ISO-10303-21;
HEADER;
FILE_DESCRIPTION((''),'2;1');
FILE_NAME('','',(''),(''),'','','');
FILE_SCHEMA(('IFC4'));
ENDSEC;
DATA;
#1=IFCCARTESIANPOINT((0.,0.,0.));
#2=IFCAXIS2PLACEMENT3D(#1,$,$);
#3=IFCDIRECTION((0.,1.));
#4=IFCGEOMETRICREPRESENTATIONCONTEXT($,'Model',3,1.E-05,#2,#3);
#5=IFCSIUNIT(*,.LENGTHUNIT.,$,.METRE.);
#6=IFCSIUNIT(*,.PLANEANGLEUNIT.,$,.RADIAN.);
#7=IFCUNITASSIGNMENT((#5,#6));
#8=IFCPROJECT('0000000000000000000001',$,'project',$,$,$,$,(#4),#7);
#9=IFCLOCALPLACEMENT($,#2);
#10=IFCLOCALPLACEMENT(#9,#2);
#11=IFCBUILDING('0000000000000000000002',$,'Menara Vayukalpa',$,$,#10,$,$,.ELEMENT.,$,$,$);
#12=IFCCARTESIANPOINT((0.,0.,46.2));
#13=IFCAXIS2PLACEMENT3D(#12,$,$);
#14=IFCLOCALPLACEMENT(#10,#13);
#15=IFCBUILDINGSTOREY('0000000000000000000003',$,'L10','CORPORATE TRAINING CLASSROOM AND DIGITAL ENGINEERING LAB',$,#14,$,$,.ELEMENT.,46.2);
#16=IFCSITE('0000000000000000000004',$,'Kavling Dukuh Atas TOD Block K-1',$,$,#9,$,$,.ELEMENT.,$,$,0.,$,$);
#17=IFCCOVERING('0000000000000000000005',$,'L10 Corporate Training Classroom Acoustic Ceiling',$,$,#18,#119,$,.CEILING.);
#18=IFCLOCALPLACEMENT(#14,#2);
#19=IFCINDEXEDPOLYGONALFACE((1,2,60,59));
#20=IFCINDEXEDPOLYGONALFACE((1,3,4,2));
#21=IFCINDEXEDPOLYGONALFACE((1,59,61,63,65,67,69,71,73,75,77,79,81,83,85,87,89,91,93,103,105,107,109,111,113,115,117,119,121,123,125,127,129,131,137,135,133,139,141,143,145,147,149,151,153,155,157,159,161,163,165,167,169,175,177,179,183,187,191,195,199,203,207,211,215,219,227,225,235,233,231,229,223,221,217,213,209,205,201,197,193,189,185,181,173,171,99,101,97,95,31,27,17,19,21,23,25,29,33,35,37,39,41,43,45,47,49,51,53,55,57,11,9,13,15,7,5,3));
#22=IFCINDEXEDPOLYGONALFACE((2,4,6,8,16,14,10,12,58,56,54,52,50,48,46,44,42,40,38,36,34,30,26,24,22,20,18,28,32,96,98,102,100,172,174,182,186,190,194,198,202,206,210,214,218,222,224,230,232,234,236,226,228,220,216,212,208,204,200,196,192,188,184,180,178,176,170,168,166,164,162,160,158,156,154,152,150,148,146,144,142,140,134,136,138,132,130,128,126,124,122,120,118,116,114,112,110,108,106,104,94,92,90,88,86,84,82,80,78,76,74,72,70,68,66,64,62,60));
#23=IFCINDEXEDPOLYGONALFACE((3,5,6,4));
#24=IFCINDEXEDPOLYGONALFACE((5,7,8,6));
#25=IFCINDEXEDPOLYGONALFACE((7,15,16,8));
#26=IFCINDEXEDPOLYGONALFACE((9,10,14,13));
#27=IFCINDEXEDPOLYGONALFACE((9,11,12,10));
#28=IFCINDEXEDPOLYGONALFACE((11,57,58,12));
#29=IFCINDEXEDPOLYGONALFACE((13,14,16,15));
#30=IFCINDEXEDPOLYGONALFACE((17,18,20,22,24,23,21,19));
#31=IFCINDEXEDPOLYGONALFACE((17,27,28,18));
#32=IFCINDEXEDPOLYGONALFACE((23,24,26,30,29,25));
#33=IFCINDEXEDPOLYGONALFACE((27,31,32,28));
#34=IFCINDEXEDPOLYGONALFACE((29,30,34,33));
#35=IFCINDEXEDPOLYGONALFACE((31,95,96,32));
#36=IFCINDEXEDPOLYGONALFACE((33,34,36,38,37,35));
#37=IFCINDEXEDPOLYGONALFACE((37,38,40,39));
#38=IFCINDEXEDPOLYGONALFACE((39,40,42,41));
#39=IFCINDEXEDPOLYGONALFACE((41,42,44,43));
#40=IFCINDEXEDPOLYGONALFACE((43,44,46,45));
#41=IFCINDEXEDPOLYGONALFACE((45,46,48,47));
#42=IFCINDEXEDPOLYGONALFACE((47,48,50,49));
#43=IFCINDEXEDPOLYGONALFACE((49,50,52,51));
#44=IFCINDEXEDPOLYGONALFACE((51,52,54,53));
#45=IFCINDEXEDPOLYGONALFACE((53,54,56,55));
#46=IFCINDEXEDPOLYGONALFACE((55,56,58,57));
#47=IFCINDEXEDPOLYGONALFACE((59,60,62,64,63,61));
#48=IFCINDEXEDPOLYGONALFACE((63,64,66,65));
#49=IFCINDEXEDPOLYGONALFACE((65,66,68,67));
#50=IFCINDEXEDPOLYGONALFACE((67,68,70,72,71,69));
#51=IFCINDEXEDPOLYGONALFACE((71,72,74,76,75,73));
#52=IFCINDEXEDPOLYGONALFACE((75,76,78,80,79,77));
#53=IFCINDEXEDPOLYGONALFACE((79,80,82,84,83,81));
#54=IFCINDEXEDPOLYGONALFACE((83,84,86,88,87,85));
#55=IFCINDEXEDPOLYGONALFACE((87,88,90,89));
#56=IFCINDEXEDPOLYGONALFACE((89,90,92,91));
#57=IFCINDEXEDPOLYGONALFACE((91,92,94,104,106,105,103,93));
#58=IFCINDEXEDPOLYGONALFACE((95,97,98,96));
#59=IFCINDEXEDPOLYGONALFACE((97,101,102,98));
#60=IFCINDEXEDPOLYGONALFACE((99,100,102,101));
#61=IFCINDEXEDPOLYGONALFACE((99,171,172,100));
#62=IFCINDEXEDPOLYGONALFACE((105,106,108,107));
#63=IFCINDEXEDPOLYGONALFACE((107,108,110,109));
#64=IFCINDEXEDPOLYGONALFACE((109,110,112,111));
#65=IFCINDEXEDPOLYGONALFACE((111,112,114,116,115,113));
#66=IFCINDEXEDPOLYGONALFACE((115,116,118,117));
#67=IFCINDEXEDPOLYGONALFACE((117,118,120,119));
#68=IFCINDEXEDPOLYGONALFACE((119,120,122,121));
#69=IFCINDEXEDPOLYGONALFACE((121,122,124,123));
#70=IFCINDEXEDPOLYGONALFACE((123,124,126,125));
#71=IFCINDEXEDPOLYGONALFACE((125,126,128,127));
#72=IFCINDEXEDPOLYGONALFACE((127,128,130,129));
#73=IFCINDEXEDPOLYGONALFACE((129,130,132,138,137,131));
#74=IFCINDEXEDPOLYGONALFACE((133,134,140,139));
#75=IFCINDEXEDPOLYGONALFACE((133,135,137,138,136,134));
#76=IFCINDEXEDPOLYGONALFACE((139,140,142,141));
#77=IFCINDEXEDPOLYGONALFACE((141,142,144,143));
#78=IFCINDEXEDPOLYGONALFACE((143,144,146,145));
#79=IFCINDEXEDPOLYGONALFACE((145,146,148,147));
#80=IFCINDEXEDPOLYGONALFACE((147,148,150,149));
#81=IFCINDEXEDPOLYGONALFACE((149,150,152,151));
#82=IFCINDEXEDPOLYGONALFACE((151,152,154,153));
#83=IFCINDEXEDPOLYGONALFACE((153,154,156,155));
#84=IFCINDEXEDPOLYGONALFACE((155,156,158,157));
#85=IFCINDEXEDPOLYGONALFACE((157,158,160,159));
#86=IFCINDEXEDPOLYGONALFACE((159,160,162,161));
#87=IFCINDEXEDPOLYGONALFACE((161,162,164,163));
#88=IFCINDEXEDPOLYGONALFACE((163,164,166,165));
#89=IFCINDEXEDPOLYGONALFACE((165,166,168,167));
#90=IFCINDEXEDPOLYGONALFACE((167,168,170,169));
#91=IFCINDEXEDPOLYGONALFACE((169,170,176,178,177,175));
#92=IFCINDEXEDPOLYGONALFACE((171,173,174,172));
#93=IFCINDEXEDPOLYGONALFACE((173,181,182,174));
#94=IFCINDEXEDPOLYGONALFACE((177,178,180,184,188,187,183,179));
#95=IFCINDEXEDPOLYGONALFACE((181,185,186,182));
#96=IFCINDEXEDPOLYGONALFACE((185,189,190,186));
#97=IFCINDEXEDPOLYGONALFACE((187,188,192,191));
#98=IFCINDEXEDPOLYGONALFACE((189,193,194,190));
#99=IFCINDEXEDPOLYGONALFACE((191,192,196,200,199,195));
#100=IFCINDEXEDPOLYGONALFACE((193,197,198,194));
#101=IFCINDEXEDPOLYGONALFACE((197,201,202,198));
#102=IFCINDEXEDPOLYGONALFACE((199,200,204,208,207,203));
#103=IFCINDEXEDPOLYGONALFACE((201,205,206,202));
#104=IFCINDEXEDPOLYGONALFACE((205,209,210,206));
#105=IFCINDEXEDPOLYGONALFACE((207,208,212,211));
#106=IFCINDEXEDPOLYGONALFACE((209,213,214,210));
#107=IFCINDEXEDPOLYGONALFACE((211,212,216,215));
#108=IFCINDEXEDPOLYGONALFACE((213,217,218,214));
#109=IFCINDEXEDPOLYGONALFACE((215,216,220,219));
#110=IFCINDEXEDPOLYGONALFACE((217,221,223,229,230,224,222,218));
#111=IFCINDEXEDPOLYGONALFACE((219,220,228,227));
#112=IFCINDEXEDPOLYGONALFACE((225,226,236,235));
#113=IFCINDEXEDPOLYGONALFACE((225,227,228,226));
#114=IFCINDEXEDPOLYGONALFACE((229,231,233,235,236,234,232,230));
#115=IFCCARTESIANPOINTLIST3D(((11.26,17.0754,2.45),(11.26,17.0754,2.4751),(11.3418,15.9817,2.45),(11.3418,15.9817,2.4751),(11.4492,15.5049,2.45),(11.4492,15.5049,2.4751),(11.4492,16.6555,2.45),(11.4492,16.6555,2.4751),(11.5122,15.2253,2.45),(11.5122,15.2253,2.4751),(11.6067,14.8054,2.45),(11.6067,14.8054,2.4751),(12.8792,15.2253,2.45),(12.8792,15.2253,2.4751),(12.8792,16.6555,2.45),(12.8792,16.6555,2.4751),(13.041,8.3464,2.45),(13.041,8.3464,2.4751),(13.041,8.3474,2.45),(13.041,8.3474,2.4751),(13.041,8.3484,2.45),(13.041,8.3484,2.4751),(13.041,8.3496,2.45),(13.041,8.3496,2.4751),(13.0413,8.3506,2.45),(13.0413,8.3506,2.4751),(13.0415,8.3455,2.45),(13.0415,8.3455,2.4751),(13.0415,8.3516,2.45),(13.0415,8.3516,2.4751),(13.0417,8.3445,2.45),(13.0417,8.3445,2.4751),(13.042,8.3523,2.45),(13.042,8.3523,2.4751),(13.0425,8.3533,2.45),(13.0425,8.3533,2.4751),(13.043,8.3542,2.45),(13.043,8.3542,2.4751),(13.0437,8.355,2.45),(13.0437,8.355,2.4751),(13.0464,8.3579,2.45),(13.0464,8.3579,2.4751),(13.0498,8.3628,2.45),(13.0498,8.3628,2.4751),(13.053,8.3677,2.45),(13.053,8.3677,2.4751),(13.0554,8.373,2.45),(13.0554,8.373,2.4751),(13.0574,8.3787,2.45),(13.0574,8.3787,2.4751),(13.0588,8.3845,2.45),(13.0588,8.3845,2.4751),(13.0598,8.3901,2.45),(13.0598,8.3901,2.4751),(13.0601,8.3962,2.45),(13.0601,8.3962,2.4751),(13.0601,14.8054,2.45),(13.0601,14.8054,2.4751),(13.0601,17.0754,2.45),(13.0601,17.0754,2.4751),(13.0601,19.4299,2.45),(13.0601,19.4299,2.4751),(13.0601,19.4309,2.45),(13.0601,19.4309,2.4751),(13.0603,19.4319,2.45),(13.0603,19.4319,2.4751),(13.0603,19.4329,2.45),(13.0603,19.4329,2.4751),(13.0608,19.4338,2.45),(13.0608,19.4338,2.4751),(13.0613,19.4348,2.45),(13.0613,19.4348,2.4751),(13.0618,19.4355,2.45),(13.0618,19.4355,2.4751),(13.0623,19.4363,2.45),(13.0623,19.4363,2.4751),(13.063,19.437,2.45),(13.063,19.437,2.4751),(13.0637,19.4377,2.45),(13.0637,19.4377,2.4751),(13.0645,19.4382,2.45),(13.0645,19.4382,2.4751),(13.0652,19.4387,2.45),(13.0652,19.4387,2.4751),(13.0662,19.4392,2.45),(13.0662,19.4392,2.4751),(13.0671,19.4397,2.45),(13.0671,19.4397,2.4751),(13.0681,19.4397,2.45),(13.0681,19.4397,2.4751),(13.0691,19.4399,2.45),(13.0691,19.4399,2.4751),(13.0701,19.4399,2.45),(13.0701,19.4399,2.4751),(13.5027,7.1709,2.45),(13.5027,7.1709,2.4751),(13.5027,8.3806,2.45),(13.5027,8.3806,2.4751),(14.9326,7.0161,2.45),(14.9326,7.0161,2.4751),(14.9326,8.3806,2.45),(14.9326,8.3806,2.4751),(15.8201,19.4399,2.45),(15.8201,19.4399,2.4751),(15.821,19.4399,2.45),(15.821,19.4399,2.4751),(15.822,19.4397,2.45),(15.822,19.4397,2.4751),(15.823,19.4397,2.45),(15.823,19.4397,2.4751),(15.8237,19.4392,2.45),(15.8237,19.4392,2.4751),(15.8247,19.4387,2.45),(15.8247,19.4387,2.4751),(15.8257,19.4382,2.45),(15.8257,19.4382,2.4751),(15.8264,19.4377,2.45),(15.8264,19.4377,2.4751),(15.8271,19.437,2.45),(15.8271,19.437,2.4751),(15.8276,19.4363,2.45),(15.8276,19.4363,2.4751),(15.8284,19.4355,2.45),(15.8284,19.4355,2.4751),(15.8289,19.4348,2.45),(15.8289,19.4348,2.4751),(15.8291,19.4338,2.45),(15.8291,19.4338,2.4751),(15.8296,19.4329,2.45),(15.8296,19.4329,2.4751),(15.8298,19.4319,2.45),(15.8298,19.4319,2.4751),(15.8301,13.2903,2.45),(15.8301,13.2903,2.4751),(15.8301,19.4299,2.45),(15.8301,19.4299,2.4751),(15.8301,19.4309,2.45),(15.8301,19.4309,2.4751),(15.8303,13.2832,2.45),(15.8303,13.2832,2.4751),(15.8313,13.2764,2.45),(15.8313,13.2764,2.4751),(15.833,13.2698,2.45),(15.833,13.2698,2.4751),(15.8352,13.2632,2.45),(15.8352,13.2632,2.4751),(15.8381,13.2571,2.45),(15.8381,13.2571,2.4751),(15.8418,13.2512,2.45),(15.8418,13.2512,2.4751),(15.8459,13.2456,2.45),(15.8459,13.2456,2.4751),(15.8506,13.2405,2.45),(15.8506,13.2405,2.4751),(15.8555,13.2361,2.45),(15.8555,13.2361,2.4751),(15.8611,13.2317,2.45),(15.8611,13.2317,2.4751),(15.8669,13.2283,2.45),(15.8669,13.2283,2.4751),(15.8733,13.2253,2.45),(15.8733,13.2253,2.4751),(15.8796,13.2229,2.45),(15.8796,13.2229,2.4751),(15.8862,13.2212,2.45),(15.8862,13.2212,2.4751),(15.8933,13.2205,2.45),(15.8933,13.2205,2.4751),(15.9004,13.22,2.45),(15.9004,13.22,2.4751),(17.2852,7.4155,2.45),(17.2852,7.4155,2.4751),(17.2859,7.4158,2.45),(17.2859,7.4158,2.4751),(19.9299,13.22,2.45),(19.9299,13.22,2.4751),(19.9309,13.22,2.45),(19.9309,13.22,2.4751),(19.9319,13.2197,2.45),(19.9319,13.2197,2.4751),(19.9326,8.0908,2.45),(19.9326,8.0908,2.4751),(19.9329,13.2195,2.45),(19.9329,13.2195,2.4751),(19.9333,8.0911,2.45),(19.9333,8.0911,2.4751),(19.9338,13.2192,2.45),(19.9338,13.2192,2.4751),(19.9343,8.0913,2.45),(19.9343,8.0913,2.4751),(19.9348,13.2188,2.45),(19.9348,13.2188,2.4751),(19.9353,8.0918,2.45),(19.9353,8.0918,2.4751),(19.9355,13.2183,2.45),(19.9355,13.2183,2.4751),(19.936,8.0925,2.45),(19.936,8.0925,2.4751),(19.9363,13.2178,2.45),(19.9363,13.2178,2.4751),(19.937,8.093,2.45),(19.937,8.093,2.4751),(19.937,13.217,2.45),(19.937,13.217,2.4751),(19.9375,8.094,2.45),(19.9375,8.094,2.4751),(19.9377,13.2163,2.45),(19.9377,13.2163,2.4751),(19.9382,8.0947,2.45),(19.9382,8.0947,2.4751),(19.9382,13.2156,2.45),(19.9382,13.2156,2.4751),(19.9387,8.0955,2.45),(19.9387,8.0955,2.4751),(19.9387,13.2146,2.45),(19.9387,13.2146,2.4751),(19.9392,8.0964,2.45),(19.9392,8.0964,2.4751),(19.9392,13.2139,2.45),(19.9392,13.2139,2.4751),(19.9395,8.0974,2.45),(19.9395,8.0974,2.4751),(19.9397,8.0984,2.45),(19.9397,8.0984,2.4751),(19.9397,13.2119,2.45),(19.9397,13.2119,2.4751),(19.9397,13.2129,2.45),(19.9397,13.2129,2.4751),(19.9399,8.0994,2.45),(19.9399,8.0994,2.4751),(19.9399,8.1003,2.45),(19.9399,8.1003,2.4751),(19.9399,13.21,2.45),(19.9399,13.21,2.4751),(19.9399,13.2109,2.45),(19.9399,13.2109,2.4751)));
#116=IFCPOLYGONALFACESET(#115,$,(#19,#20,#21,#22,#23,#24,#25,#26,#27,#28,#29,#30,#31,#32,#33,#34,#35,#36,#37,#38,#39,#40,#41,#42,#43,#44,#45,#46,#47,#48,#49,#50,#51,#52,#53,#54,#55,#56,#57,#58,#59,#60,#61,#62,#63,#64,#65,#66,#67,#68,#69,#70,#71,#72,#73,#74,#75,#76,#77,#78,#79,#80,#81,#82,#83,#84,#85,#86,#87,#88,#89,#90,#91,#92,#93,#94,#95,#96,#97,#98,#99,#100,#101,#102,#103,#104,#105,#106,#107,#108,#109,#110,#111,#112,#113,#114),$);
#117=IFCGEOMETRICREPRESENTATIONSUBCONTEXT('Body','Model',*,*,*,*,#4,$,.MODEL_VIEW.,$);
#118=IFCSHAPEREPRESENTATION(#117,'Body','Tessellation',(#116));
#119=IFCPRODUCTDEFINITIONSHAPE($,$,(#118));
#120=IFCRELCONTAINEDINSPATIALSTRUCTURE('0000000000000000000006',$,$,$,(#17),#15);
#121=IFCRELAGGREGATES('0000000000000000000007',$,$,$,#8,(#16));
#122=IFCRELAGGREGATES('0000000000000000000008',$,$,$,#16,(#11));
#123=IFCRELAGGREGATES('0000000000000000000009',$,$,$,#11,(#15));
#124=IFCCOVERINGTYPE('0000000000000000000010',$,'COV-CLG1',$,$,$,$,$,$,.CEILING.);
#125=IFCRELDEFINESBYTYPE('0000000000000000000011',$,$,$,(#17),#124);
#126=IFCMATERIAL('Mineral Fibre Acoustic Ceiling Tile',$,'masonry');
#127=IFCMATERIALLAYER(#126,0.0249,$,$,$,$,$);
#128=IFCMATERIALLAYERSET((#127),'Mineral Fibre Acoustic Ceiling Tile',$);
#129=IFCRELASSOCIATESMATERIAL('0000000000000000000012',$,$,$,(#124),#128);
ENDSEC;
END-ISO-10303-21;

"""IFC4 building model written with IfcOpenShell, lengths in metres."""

from ifc_helpers import new_model, si_unit, direction, frame, origin, place, context, subcontext, project, spatial, polyline, outline, extrude, material, layer, layer_set, type_object, element, save


model = new_model("IFC4")

# Units and contexts
model_context = context("Model", 3, precision=1e-05, world=origin(), true_north=direction((0.0, 1.0)))
body_context = subcontext(model_context, "Body", "Model", "MODEL_VIEW")
ifc_project = project(units=[si_unit("LENGTHUNIT", "METRE"), si_unit("PLANEANGLEUNIT", "RADIAN")], contexts=[model_context])

# Site, building, storey
site_placement = place(None, origin())
site = spatial("IfcSite", under=ifc_project, at=site_placement, Name="Kavling Dukuh Atas TOD Block K-1", CompositionType="ELEMENT", RefElevation=0.0)
building_placement = place(site_placement, origin())
building = spatial("IfcBuilding", under=site, at=building_placement, Name="Menara Vayukalpa", CompositionType="ELEMENT")
storey_placement = place(building_placement, frame((0.0, 0.0, 46.2)))
storey = spatial("IfcBuildingStorey", under=building, at=storey_placement, Name="L10", Description="CORPORATE TRAINING CLASSROOM AND DIGITAL ENGINEERING LAB", CompositionType="ELEMENT", Elevation=46.2)

# Covering
ifc_material_1 = material(Name="Mineral Fibre Acoustic Ceiling Tile", Category="masonry")
ifc_layer_1 = layer(ifc_material_1, 0.0249)
ifc_layer_set_1 = layer_set([ifc_layer_1], Name="Mineral Fibre Acoustic Ceiling Tile")
covering_type_1 = type_object("IfcCoveringType", Name="COV-CLG1", PredefinedType="CEILING", material=ifc_layer_set_1)
covering_1_placement = place(storey_placement, frame((0.0, 0.0, 2.45)))
element("IfcCovering", 1, at=covering_1_placement, inside=storey, type_object=covering_type_1, Name="L10 Corporate Training Classroom Acoustic Ceiling", PredefinedType="CEILING", context=body_context, shape_type="SweptSolid", body=[
    extrude(outline(polyline([(13.0417, 8.3445), (13.0415, 8.3455), (13.041, 8.3464), (13.041, 8.3474), (13.041, 8.3484), (13.041, 8.3496), (13.0413, 8.3506), (13.0415, 8.3516), (13.042, 8.3523), (13.0425, 8.3533), (13.043, 8.3542), (13.0437, 8.355), (13.0464, 8.3579), (13.0498, 8.3628), (13.053, 8.3677), (13.0554, 8.373), (13.0574, 8.3787), (13.0588, 8.3845), (13.0598, 8.3901), (13.0601, 8.3962), (13.0601, 14.8054), (11.6067, 14.8054), (11.5122, 15.2253), (12.8792, 15.2253), (12.8792, 16.6555), (11.4492, 16.6555), (11.4492, 15.5049), (11.3418, 15.9817), (11.26, 17.0754), (13.0601, 17.0754), (13.0601, 19.4299), (13.0601, 19.4309), (13.0603, 19.4319), (13.0603, 19.4329), (13.0608, 19.4338), (13.0613, 19.4348), (13.0618, 19.4355), (13.0623, 19.4363), (13.063, 19.437), (13.0637, 19.4377), (13.0645, 19.4382), (13.0652, 19.4387), (13.0662, 19.4392), (13.0671, 19.4397), (13.0681, 19.4397), (13.0691, 19.4399), (13.0701, 19.4399), (15.8201, 19.4399), (15.821, 19.4399), (15.822, 19.4397), (15.823, 19.4397), (15.8237, 19.4392), (15.8247, 19.4387), (15.8257, 19.4382), (15.8264, 19.4377), (15.8271, 19.437), (15.8276, 19.4363), (15.8284, 19.4355), (15.8289, 19.4348), (15.8291, 19.4338), (15.8296, 19.4329), (15.8298, 19.4319), (15.8301, 19.4309), (15.8301, 19.4299), (15.8301, 13.2903), (15.8303, 13.2832), (15.8313, 13.2764), (15.833, 13.2698), (15.8352, 13.2632), (15.8381, 13.2571), (15.8418, 13.2512), (15.8459, 13.2456), (15.8506, 13.2405), (15.8555, 13.2361), (15.8611, 13.2317), (15.8669, 13.2283), (15.8733, 13.2253), (15.8796, 13.2229), (15.8862, 13.2212), (15.8933, 13.2205), (15.9004, 13.22), (19.9299, 13.22), (19.9309, 13.22), (19.9319, 13.2197), (19.9329, 13.2195), (19.9338, 13.2192), (19.9348, 13.2188), (19.9355, 13.2183), (19.9363, 13.2178), (19.937, 13.217), (19.9377, 13.2163), (19.9382, 13.2156), (19.9387, 13.2146), (19.9392, 13.2139), (19.9397, 13.2129), (19.9397, 13.2119), (19.9399, 13.2109), (19.9399, 13.21), (19.9399, 8.1003), (19.9399, 8.0994), (19.9397, 8.0984), (19.9395, 8.0974), (19.9392, 8.0964), (19.9387, 8.0955), (19.9382, 8.0947), (19.9375, 8.094), (19.937, 8.093), (19.936, 8.0925), (19.9353, 8.0918), (19.9343, 8.0913), (19.9333, 8.0911), (19.9326, 8.0908), (17.2859, 7.4158), (17.2852, 7.4155), (14.9326, 7.0161), (14.9326, 8.3806), (13.5027, 8.3806), (13.5027, 7.1709), (13.0417, 8.3445)])), origin(), (0.0, 0.0, 1.0), 0.0251),
])

save(model, "model.ifc")
